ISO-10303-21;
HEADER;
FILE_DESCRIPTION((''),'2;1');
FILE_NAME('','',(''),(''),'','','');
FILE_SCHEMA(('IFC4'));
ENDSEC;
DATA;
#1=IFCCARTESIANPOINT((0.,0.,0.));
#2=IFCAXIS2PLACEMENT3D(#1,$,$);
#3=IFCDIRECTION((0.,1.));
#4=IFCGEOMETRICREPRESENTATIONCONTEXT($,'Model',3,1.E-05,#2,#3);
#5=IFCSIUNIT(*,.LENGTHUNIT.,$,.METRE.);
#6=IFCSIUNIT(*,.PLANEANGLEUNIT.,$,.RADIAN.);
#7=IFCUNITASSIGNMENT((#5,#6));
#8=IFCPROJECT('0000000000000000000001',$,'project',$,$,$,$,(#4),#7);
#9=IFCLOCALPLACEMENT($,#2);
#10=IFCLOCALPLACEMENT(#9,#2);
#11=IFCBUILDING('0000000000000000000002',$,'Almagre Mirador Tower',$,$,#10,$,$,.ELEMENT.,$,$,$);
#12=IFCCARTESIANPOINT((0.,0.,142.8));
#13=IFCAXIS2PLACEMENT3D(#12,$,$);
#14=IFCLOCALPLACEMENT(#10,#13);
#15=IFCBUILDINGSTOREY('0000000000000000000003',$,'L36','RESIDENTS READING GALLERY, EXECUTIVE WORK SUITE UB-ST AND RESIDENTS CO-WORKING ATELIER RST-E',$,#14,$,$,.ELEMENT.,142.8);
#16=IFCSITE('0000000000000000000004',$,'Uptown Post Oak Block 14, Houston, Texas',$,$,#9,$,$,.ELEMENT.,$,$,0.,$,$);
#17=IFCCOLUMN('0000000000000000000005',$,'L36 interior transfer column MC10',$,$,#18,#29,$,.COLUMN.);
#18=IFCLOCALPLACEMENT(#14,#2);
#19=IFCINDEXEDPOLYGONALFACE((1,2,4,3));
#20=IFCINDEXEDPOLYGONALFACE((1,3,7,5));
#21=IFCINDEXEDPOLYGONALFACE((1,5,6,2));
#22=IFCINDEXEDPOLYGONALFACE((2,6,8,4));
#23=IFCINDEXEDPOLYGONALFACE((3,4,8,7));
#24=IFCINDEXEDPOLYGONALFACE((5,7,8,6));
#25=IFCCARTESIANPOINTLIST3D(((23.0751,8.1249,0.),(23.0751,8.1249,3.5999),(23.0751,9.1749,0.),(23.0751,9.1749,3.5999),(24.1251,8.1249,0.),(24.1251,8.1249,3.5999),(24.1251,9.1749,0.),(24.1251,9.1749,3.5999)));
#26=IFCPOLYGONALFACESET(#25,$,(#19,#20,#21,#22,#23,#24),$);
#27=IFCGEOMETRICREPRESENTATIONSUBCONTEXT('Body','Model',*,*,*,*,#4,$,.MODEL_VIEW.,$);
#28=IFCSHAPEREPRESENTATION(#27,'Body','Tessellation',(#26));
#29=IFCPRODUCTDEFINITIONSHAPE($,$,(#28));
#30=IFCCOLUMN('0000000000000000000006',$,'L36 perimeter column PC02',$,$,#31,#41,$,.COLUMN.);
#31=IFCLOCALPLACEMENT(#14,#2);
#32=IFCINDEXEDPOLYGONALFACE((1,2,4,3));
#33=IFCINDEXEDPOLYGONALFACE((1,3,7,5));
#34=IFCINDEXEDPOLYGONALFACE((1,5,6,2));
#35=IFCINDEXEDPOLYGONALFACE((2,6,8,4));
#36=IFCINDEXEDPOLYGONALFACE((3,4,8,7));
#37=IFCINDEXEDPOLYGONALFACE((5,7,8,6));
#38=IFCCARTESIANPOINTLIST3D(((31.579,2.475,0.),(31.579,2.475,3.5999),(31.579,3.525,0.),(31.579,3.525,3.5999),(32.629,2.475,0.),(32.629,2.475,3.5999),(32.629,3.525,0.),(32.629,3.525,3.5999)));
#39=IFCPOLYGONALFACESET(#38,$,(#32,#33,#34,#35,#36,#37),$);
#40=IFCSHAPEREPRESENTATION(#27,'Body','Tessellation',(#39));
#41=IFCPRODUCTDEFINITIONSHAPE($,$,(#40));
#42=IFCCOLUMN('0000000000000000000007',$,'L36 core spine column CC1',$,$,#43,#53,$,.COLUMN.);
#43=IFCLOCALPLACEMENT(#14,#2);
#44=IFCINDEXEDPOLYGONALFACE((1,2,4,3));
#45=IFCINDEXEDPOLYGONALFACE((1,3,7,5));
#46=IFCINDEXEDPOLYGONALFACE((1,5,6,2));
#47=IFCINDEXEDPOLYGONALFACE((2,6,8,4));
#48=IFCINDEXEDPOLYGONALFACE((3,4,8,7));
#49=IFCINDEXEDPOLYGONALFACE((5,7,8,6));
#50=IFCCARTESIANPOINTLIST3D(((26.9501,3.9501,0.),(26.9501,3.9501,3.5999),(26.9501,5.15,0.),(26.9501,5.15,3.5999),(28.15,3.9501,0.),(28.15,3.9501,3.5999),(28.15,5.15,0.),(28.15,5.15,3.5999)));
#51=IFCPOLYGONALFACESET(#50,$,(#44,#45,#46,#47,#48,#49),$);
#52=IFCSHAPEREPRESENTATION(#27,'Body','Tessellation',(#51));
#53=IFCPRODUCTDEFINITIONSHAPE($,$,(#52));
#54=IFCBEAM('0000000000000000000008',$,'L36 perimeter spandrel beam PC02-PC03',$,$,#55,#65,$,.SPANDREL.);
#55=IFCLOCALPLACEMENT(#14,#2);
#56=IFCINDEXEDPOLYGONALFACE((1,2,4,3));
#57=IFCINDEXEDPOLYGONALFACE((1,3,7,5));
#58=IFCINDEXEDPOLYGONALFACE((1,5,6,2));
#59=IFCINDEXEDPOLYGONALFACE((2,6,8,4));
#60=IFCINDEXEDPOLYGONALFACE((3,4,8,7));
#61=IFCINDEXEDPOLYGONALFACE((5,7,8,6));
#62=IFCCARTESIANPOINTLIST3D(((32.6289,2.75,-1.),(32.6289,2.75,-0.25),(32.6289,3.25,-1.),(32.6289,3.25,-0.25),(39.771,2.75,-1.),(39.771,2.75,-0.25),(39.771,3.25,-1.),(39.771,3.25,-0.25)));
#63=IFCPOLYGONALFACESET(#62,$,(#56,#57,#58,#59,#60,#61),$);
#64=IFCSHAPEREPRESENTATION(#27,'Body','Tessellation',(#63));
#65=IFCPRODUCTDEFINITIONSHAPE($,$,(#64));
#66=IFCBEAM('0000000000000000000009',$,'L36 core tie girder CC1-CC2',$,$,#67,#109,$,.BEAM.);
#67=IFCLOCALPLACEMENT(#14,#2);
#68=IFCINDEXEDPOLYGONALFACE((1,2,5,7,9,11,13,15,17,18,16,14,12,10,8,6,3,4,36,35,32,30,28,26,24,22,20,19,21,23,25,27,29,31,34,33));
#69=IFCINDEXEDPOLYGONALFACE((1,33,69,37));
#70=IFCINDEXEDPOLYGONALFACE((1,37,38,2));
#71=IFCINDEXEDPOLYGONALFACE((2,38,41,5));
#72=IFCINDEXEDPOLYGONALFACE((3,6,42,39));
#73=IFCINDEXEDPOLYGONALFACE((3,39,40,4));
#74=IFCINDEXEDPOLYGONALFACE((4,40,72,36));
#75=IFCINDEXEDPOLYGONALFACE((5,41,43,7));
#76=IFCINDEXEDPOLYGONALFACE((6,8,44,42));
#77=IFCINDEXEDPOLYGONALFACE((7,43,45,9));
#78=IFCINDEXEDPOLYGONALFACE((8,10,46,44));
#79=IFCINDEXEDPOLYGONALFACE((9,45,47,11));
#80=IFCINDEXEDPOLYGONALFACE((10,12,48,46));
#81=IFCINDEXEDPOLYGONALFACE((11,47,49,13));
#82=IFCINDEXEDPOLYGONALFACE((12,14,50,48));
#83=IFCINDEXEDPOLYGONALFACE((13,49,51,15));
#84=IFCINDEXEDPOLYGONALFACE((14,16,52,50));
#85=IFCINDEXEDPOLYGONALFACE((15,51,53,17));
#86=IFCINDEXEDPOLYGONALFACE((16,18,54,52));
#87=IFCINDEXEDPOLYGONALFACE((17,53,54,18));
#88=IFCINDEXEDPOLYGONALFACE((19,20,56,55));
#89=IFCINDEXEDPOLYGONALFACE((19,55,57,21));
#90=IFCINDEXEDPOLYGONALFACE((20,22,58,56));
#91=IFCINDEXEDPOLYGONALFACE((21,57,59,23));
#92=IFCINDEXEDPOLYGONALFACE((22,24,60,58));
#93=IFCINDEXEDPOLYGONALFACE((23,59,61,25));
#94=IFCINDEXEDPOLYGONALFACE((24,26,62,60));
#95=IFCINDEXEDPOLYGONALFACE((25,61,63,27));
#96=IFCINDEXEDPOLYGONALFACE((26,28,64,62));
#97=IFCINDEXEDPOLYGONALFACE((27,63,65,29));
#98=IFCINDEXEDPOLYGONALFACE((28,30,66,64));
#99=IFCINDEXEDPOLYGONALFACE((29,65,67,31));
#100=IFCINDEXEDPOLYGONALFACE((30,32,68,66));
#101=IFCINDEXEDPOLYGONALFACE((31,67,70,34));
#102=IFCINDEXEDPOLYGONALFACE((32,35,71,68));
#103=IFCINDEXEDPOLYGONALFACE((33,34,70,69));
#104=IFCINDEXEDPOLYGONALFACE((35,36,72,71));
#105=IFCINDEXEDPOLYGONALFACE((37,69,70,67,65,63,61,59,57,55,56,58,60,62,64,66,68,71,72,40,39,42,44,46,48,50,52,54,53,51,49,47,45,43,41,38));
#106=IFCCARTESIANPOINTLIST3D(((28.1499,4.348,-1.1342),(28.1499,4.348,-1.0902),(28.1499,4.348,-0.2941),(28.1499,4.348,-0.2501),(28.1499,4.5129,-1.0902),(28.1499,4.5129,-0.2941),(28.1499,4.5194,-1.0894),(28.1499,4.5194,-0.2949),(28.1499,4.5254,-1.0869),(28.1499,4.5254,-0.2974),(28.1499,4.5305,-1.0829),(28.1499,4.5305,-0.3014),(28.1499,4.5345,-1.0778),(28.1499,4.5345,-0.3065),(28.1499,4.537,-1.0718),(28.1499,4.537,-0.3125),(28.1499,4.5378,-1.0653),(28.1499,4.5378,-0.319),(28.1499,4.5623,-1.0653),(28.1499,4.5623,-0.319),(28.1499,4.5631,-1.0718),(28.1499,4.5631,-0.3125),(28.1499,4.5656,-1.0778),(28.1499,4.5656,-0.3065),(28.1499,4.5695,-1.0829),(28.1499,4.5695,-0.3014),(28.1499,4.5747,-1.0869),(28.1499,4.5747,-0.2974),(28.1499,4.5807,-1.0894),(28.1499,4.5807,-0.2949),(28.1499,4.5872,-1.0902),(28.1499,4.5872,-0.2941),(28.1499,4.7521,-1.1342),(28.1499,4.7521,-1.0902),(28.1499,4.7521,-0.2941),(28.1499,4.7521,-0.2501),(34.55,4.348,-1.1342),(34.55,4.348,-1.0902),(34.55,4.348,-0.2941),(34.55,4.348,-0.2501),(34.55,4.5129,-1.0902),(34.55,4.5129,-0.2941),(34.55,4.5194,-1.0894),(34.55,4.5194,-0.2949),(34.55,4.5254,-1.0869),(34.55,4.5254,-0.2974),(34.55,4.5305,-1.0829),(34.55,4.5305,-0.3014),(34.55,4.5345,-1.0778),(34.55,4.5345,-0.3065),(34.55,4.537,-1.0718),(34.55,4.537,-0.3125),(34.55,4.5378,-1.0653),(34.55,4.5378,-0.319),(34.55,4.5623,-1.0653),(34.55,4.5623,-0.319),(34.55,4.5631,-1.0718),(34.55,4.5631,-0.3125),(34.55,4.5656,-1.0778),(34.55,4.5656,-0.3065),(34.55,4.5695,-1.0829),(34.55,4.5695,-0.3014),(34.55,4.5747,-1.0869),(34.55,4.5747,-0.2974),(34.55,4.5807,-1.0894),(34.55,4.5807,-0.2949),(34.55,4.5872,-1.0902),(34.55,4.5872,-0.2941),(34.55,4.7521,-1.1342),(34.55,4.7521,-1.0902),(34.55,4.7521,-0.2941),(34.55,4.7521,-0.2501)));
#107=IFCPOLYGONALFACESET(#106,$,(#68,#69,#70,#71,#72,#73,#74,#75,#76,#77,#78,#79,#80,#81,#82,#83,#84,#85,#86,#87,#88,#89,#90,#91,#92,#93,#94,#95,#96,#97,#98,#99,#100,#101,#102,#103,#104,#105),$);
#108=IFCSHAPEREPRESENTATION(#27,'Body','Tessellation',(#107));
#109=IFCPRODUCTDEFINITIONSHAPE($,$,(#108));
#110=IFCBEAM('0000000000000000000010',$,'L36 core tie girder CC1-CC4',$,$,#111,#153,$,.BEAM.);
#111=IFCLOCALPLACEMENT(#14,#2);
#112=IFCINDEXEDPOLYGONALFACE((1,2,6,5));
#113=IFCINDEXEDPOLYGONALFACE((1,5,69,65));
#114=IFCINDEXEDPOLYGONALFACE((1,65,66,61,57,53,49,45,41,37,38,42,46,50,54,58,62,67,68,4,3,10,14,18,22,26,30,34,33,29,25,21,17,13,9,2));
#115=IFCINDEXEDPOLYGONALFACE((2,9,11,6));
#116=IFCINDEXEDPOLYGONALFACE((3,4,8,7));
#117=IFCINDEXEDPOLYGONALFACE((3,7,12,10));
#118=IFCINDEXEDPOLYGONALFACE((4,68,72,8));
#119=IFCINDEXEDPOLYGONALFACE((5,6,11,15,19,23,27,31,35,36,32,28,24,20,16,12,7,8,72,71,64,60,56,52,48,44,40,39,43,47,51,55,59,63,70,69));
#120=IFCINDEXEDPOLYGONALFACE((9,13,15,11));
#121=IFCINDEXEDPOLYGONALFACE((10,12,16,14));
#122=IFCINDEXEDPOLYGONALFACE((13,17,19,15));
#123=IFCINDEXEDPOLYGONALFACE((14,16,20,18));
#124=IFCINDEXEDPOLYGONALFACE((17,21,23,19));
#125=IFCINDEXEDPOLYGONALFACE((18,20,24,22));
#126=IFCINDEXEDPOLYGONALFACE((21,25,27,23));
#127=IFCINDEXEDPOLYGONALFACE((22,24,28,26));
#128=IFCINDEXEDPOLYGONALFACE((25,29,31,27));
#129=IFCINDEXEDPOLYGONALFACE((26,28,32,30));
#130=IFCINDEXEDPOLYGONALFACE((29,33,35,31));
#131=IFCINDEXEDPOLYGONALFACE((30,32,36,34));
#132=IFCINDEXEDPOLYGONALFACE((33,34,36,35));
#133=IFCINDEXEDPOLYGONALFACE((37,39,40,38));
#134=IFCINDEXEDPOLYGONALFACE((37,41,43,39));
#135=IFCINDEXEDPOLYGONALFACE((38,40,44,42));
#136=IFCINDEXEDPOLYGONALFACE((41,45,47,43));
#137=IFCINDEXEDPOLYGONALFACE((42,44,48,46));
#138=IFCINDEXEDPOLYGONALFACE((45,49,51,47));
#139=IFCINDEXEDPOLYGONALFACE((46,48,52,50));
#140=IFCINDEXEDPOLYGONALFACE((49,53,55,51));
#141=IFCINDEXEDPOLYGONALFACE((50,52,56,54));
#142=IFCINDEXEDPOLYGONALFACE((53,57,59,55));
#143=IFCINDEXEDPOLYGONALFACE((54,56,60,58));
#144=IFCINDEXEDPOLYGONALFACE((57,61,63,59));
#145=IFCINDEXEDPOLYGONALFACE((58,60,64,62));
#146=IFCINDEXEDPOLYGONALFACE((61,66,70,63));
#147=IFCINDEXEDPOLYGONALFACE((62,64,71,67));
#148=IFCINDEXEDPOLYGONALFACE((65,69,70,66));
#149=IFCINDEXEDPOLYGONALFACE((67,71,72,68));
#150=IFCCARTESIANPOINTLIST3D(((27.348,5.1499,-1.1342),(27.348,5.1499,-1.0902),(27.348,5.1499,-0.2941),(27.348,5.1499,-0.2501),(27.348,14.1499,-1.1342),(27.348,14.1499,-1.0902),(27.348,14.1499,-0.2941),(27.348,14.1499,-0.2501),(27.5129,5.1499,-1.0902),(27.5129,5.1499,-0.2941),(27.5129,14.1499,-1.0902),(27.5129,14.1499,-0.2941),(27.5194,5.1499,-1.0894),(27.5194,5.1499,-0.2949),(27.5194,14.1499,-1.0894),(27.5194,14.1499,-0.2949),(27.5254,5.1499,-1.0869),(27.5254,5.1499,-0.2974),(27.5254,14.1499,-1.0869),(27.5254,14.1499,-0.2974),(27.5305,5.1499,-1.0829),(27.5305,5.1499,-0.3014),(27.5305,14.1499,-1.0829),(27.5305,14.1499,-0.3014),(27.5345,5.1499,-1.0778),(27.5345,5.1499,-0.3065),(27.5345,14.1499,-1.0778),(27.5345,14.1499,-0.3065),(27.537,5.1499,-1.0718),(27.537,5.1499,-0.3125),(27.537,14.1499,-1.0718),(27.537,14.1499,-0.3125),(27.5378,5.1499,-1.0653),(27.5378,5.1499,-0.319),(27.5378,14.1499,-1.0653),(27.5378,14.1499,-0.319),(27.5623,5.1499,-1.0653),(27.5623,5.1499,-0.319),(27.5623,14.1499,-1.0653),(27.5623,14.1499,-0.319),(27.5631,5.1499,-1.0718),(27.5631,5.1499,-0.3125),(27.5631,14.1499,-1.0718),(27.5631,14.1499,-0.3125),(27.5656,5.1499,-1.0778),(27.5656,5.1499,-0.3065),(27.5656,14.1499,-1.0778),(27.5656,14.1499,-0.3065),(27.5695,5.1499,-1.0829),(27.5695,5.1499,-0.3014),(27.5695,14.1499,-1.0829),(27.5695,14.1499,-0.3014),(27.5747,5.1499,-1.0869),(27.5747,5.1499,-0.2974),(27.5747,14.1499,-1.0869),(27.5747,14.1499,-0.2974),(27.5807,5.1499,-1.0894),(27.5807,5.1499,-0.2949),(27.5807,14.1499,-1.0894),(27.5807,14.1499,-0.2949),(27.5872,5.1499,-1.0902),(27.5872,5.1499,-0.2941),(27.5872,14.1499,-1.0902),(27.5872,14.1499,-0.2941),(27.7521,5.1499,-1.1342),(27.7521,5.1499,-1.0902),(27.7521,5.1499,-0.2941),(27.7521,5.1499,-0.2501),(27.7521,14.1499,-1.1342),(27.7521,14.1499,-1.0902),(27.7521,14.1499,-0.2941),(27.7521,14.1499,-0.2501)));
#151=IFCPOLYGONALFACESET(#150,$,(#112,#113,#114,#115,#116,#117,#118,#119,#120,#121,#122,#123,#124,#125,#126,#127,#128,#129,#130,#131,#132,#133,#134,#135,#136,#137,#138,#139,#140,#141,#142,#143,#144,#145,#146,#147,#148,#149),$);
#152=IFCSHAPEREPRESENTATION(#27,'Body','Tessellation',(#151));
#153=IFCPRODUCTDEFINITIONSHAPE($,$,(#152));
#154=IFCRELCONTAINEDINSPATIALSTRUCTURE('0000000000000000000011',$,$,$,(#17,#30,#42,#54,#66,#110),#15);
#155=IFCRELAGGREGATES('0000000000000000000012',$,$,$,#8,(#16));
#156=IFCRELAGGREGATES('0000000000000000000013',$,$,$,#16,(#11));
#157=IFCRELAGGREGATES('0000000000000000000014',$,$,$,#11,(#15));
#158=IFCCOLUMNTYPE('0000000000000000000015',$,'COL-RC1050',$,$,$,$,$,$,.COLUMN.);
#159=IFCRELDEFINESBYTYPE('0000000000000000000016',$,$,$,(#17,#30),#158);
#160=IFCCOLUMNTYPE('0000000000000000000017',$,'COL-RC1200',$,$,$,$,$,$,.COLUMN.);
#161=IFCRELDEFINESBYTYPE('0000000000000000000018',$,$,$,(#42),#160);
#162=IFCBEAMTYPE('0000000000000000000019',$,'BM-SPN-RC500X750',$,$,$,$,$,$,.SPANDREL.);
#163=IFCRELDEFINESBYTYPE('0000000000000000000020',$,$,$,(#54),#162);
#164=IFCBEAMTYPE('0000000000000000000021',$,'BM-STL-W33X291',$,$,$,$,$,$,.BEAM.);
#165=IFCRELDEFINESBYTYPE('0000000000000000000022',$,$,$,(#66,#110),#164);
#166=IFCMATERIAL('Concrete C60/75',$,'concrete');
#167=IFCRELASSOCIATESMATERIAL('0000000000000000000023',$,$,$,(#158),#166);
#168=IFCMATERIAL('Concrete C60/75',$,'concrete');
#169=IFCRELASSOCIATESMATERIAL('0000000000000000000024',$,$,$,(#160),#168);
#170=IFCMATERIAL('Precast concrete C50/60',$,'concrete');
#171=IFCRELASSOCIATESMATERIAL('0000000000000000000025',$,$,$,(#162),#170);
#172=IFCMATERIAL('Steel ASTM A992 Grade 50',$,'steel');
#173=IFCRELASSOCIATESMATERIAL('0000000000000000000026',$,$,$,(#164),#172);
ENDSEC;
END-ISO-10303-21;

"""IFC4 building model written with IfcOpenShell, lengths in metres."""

from ifc_helpers import new_model, si_unit, direction, frame, origin, origin_2d, place, context, subcontext, project, spatial, rectangle, i_section, extrude, material, material_profile, profile_set, type_object, element, save


model = new_model("IFC4")

# Units and contexts
model_context = context("Model", 3, precision=1e-05, world=origin(), true_north=direction((0.0, 1.0)))
body_context = subcontext(model_context, "Body", "Model", "MODEL_VIEW")
ifc_project = project(units=[si_unit("LENGTHUNIT", "METRE"), si_unit("PLANEANGLEUNIT", "RADIAN")], contexts=[model_context])

# Site, building, storey
site_placement = place(None, origin())
site = spatial("IfcSite", under=ifc_project, at=site_placement, Name="Uptown Post Oak Block 14, Houston, Texas", CompositionType="ELEMENT", RefElevation=0.0)
building_placement = place(site_placement, origin())
building = spatial("IfcBuilding", under=site, at=building_placement, Name="Almagre Mirador Tower", CompositionType="ELEMENT")
storey_placement = place(building_placement, frame((0.0, 0.0, 142.8)))
storey = spatial("IfcBuildingStorey", under=building, at=storey_placement, Name="L36", Description="RESIDENTS READING GALLERY, EXECUTIVE WORK SUITE UB-ST AND RESIDENTS CO-WORKING ATELIER RST-E", CompositionType="ELEMENT", Elevation=142.8)

# Columns
ifc_material_1 = material(Name="Concrete C60/75", Category="concrete")
ifc_material_profile_1 = material_profile(ifc_material_1, rectangle(XDim=1.05, YDim=1.05, at=origin_2d()), Name="RC1050X1050")
ifc_profile_set_1 = profile_set([ifc_material_profile_1], Name="Concrete C60/75")
column_type_1 = type_object("IfcColumnType", Name="COL-RC1050", PredefinedType="COLUMN", material=ifc_profile_set_1)
for number, where, z_axis, x_axis, name in (
    (1, (23.6001, 8.6499, 0.0), (0.0, 0.0, 1.0), (1.0, 0.0, 0.0), "L36 interior transfer column MC10"),
    (2, (32.104, 3.0, 0.0), (0.0, 0.0, 1.0), (1.0, 0.0, 0.0), "L36 perimeter column PC02"),
):
    element("IfcColumn", number, at=place(storey_placement, frame(where, z_axis=z_axis, x_axis=x_axis)), inside=storey, type_object=column_type_1, Name=name, PredefinedType="COLUMN", context=body_context, shape_type="SweptSolid", body=[
        extrude(rectangle(XDim=1.05, YDim=1.05, at=origin_2d()), origin(), (0.0, 0.0, 1.0), 3.5999),
    ])
ifc_material_2 = material(Name="Concrete C60/75", Category="concrete")
ifc_material_profile_2 = material_profile(ifc_material_2, rectangle(XDim=1.2, YDim=1.2, at=origin_2d()), Name="RC1200X1200")
ifc_profile_set_2 = profile_set([ifc_material_profile_2], Name="Concrete C60/75")
column_type_2 = type_object("IfcColumnType", Name="COL-RC1200", PredefinedType="COLUMN", material=ifc_profile_set_2)
column_placement = place(storey_placement, frame((27.55, 4.55, 0.0), z_axis=(0.0, 0.0, 1.0), x_axis=(1.0, 0.0, 0.0)))
element("IfcColumn", 3, at=column_placement, inside=storey, type_object=column_type_2, Name="L36 core spine column CC1", PredefinedType="COLUMN", context=body_context, shape_type="SweptSolid", body=[
    extrude(rectangle(XDim=1.2, YDim=1.2, at=origin_2d()), origin(), (0.0, 0.0, 1.0), 3.5999),
])

# Beams
ifc_material_3 = material(Name="Precast concrete C50/60", Category="concrete")
ifc_material_profile_3 = material_profile(ifc_material_3, rectangle(XDim=0.5, YDim=0.75, at=origin_2d()), Name="RC500X750")
ifc_profile_set_3 = profile_set([ifc_material_profile_3], Name="Precast concrete C50/60")
beam_type_1 = type_object("IfcBeamType", Name="BM-SPN-RC500X750", PredefinedType="SPANDREL", material=ifc_profile_set_3)
beam_1_placement = place(storey_placement, frame((32.6289, 3.0, -0.625), z_axis=(1.0, 0.0, 0.0), x_axis=(0.0, 1.0, 0.0)))
element("IfcBeam", 4, at=beam_1_placement, inside=storey, type_object=beam_type_1, Name="L36 perimeter spandrel beam PC02-PC03", PredefinedType="SPANDREL", context=body_context, shape_type="SweptSolid", body=[
    extrude(rectangle(XDim=0.5, YDim=0.75, at=origin_2d()), origin(), (0.0, 0.0, 1.0), 7.1421),
])
ifc_material_4 = material(Name="Steel ASTM A992 Grade 50", Category="steel")
ifc_material_profile_4 = material_profile(ifc_material_4, i_section(OverallWidth=0.4041, OverallDepth=0.884, WebThickness=0.0244, FlangeThickness=0.0439, FilletRadius=0.0249, at=origin_2d()), Name="W33X291")
ifc_profile_set_4 = profile_set([ifc_material_profile_4], Name="Steel ASTM A992 Grade 50")
beam_type_2 = type_object("IfcBeamType", Name="BM-STL-W33X291", PredefinedType="BEAM", material=ifc_profile_set_4)
beam_2_placement = place(storey_placement, frame((28.1499, 4.55, -0.6921), z_axis=(1.0, 0.0, 0.0), x_axis=(0.0, 1.0, 0.0)))
element("IfcBeam", 5, at=beam_2_placement, inside=storey, type_object=beam_type_2, Name="L36 core tie girder CC1-CC2", PredefinedType="BEAM", context=body_context, shape_type="SweptSolid", body=[
    extrude(i_section(OverallWidth=0.4041, OverallDepth=0.884, WebThickness=0.0244, FlangeThickness=0.0439, FilletRadius=0.0249, at=origin_2d()), origin(), (0.0, 0.0, 1.0), 6.4001),
])
beam_3_placement = place(storey_placement, frame((27.55, 5.1499, -0.6921), z_axis=(0.0, 1.0, 0.0), x_axis=(-1.0, 0.0, 0.0)))
element("IfcBeam", 6, at=beam_3_placement, inside=storey, type_object=beam_type_2, Name="L36 core tie girder CC1-CC4", PredefinedType="BEAM", context=body_context, shape_type="SweptSolid", body=[
    extrude(i_section(OverallWidth=0.4041, OverallDepth=0.884, WebThickness=0.0244, FlangeThickness=0.0439, FilletRadius=0.0249, at=origin_2d()), origin(), (0.0, 0.0, 1.0), 9.0),
])

save(model, "model.ifc")
